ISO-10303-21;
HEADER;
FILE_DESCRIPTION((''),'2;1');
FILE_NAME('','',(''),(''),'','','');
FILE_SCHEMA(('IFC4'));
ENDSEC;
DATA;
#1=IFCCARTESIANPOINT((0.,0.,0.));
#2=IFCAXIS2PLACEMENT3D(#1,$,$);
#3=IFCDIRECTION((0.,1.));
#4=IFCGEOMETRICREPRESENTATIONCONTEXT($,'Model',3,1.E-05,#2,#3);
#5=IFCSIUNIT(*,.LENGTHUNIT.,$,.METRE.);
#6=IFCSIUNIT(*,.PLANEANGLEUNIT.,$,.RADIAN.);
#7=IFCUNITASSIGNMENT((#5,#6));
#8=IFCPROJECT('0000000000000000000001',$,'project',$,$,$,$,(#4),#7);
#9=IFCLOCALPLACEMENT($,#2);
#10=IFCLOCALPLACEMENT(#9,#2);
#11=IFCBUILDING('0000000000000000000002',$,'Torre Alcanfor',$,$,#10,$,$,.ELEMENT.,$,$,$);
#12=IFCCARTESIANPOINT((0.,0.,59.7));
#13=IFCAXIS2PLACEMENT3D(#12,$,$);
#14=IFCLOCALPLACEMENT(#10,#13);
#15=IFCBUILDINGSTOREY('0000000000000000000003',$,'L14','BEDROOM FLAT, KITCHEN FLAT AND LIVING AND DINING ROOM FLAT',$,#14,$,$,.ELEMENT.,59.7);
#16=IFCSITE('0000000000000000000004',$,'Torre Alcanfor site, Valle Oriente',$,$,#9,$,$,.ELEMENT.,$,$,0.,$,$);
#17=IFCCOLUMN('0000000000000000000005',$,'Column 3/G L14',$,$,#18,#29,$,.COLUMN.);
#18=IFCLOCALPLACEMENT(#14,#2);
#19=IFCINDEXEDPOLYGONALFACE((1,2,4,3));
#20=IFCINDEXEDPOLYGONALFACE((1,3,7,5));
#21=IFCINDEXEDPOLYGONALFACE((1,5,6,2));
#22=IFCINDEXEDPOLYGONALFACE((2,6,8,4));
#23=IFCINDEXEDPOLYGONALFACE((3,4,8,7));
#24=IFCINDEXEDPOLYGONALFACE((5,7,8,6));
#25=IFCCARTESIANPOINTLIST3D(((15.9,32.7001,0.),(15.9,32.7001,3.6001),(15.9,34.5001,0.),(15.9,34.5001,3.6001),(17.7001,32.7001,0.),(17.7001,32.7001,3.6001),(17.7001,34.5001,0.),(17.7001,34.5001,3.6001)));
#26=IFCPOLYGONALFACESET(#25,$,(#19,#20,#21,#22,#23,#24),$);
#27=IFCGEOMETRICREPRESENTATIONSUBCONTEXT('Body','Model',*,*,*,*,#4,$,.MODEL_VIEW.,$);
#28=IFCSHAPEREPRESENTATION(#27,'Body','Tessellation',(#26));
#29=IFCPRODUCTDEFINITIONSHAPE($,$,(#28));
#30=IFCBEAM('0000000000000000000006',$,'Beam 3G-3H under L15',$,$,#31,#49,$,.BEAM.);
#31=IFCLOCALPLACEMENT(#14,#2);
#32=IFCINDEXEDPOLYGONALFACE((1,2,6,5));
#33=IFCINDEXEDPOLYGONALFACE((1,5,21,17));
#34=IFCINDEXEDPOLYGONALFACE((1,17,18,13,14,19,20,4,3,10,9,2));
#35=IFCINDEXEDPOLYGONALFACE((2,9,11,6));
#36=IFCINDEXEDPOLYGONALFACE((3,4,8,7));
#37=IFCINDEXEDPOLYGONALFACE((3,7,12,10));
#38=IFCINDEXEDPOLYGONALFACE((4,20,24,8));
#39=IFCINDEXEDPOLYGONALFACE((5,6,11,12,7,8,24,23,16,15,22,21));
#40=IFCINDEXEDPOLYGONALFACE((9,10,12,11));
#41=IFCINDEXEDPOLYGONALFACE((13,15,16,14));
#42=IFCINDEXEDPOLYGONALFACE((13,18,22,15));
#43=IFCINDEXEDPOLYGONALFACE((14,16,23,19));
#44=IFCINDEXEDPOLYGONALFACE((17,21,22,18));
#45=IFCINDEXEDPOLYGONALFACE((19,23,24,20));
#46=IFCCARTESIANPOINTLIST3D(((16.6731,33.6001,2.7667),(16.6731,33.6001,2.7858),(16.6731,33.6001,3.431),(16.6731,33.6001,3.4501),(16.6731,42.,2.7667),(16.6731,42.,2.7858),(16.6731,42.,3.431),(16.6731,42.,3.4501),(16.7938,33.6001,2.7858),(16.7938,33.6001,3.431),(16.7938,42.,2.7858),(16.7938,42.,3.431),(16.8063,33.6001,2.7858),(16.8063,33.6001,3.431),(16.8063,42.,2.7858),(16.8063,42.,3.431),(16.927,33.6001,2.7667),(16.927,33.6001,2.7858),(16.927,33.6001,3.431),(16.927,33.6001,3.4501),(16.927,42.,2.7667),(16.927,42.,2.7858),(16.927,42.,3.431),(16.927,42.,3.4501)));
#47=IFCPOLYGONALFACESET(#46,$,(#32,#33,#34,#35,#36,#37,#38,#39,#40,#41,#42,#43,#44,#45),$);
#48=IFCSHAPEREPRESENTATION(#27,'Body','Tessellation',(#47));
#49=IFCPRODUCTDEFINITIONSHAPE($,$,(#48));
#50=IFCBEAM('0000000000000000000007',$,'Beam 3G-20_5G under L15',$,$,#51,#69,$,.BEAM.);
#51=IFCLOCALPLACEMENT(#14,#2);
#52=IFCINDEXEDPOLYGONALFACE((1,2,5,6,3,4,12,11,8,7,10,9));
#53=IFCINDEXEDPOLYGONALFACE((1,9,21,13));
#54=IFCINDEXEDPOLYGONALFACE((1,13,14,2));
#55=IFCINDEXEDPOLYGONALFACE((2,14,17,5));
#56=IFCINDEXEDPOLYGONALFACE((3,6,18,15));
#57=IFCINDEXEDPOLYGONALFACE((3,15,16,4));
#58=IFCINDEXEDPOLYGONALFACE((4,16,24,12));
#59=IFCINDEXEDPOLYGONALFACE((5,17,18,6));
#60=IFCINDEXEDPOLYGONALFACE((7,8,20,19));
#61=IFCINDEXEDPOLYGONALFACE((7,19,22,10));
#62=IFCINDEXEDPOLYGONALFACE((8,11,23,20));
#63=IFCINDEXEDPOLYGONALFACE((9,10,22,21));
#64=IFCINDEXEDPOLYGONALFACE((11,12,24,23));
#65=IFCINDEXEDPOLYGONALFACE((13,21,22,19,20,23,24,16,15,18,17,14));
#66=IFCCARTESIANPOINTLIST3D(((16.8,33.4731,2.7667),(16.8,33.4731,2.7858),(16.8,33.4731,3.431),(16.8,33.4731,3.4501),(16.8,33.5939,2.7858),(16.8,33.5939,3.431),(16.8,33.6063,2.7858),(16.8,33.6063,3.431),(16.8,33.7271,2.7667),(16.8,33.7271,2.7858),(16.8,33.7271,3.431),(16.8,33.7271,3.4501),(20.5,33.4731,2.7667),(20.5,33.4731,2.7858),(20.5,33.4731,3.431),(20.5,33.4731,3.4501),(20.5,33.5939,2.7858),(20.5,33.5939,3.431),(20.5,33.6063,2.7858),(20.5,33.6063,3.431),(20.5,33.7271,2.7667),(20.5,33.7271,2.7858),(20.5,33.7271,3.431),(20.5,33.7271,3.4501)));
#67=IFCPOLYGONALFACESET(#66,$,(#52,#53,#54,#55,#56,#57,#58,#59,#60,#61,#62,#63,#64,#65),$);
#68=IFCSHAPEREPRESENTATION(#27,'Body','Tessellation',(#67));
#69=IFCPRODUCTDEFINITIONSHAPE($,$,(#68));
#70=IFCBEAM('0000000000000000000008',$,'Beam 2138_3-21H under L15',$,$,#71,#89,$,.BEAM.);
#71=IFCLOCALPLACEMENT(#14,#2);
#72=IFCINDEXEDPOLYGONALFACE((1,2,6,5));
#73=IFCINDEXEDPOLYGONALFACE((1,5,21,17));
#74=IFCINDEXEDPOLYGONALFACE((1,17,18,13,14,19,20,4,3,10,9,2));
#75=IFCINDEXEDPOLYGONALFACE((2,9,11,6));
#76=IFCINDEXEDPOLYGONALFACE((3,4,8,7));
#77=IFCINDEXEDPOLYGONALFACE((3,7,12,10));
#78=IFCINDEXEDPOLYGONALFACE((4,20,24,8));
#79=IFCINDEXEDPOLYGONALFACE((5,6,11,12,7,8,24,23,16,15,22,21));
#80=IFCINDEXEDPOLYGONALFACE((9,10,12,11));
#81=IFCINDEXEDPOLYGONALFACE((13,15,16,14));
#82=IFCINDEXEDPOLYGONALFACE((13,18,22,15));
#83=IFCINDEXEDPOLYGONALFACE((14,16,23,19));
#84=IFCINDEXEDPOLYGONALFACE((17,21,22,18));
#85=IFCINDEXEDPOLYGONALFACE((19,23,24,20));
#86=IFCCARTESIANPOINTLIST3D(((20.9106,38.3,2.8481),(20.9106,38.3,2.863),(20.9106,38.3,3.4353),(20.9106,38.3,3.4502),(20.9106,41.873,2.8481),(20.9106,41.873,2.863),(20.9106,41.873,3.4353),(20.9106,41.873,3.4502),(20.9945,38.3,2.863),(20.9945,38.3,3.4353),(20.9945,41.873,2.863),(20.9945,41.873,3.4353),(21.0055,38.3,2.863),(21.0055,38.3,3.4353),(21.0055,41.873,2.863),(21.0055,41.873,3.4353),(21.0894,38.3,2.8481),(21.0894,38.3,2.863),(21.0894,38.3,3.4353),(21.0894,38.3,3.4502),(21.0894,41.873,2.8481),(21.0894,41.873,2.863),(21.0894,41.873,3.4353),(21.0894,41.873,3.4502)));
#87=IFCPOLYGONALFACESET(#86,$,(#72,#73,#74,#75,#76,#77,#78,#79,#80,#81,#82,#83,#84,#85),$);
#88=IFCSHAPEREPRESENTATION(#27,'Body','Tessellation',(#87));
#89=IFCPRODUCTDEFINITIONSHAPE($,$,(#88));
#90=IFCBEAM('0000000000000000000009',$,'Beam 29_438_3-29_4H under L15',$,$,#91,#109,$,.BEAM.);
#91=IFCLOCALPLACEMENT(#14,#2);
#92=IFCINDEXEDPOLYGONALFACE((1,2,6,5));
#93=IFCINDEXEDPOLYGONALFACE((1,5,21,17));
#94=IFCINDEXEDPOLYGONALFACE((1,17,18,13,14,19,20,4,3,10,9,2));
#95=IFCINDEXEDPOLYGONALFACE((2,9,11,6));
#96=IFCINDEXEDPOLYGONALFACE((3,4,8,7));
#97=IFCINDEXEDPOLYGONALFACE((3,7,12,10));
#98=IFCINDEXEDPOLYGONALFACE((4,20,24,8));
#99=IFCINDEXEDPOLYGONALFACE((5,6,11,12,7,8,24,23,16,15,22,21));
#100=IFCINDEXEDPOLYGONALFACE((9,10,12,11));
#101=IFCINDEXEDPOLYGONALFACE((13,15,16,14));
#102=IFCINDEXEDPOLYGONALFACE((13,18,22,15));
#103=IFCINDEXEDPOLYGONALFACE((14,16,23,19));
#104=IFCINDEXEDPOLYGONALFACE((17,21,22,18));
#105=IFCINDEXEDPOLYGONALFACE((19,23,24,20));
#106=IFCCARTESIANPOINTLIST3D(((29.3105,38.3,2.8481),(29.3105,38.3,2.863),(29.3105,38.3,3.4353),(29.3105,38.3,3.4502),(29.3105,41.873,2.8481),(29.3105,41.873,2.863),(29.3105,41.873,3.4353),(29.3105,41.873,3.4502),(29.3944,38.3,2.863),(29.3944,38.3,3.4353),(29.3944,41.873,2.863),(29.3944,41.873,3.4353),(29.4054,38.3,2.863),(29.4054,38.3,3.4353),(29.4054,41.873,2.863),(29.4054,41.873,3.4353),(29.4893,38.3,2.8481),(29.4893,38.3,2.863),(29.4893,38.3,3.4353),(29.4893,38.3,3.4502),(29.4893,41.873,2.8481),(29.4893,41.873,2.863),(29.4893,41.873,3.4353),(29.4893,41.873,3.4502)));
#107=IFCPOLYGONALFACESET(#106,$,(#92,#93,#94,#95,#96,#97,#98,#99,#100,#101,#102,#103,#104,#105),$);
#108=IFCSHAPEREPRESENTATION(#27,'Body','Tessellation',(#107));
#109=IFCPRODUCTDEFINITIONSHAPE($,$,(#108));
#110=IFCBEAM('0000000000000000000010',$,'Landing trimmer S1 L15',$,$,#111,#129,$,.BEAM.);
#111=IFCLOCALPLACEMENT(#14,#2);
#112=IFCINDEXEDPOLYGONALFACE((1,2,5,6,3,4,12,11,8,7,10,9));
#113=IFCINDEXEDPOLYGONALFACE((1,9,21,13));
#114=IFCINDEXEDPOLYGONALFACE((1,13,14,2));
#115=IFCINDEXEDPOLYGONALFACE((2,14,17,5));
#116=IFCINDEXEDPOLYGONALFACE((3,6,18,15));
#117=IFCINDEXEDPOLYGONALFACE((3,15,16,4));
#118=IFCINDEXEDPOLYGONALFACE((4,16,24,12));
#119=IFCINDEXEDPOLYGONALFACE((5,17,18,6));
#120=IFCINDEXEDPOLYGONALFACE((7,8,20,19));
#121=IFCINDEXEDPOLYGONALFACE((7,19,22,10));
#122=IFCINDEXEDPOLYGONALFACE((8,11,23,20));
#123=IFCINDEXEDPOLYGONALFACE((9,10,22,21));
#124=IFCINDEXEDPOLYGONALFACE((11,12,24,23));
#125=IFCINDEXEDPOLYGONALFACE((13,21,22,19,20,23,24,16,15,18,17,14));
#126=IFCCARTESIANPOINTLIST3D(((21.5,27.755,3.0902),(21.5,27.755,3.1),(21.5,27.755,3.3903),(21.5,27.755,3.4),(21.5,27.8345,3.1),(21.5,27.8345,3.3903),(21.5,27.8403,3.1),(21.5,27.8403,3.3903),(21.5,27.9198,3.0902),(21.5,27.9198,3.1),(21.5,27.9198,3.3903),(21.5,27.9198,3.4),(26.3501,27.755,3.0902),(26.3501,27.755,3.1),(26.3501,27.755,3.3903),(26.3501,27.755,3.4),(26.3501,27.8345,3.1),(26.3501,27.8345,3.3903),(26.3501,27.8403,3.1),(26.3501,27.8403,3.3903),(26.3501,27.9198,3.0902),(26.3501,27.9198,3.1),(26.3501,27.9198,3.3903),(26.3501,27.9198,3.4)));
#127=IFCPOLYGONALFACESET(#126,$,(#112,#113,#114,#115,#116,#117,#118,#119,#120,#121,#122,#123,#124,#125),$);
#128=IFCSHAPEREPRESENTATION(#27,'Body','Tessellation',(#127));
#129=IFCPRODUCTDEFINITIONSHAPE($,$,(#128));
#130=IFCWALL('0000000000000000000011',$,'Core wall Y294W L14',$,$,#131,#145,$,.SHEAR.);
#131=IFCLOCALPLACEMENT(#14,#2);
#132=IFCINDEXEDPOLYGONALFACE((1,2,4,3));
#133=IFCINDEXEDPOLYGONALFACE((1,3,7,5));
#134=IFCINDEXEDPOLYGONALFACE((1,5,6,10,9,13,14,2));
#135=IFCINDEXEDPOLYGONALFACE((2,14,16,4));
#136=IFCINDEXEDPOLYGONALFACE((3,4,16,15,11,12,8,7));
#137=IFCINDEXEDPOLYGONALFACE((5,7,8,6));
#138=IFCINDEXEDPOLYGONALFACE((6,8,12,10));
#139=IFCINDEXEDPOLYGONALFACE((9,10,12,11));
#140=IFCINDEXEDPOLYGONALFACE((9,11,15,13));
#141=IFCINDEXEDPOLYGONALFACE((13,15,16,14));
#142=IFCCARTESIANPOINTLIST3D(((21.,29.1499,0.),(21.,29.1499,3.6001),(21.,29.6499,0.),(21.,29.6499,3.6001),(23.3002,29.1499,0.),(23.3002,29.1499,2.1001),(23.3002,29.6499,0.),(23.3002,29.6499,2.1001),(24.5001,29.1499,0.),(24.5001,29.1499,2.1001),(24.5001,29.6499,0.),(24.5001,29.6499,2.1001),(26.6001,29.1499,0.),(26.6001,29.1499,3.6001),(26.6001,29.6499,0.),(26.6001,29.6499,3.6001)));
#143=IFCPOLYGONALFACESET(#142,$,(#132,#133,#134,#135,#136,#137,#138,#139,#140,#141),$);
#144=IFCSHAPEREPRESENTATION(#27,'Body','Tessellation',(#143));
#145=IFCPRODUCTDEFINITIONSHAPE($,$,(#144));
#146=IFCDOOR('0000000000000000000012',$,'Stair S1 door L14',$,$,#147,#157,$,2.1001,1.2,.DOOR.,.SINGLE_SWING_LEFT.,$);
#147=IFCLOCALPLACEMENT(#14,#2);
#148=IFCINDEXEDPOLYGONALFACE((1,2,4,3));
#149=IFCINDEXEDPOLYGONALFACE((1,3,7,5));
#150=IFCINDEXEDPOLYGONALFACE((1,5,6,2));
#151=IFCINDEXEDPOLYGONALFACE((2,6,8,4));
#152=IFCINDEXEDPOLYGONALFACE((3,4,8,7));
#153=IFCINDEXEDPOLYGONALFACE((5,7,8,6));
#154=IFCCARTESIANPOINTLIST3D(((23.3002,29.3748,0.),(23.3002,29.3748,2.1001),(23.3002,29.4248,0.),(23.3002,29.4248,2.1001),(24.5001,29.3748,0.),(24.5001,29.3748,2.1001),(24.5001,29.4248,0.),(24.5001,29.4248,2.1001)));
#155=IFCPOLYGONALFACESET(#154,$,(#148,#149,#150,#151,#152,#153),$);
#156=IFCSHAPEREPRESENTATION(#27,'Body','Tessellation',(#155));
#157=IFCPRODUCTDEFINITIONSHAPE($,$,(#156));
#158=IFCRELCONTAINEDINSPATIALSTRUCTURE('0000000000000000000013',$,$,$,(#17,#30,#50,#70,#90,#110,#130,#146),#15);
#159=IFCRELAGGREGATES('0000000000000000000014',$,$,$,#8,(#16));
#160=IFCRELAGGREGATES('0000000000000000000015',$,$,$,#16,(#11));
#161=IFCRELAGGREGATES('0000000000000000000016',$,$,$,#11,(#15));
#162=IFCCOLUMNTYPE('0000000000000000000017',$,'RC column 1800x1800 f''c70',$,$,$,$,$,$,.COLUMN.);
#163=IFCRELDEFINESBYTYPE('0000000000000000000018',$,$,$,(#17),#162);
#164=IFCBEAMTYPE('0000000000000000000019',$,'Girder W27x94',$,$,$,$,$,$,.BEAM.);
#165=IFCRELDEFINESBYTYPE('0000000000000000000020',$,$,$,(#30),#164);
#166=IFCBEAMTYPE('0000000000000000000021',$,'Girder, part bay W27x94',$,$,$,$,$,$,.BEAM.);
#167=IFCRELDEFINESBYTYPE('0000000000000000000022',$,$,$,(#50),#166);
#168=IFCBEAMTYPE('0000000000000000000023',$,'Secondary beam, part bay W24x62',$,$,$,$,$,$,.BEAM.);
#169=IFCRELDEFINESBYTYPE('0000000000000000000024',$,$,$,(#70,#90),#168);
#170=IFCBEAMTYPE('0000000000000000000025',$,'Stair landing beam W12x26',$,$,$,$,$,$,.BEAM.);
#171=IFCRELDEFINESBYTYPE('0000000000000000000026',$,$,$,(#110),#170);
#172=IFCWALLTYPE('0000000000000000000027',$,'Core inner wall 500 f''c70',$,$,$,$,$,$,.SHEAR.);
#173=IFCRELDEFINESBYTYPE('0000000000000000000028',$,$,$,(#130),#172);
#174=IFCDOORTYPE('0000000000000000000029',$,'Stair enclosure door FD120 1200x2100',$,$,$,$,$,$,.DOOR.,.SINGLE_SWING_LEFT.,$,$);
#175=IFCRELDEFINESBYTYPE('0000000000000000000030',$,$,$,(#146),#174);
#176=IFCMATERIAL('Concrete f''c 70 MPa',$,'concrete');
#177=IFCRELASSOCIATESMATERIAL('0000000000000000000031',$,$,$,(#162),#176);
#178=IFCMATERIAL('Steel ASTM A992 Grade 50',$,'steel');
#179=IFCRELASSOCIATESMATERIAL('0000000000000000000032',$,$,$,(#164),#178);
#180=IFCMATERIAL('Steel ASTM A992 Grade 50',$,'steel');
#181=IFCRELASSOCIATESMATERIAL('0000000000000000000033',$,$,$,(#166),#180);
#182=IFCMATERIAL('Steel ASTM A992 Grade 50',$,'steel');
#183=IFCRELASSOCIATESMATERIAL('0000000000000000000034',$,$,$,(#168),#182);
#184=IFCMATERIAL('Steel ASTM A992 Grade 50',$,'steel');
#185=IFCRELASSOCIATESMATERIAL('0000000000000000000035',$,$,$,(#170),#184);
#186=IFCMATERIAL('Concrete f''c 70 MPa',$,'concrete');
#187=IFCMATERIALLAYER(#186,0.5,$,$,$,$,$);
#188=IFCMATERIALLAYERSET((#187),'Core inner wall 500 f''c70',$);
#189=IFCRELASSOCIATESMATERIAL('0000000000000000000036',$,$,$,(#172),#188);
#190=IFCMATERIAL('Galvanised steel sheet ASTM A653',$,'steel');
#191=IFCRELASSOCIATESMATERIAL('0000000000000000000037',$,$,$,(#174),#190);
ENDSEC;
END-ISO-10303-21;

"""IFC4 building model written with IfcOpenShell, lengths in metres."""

from ifc_helpers import new_model, si_unit, direction, frame, frame_2d, origin, origin_2d, place, context, subcontext, project, spatial, rectangle, i_section, extrude, material, layer, layer_set, material_profile, profile_set, type_object, element, fill, save


model = new_model("IFC4")

# Units and contexts
model_context = context("Model", 3, precision=1e-05, world=origin(), true_north=direction((0.0, 1.0)))
body_context = subcontext(model_context, "Body", "Model", "MODEL_VIEW")
ifc_project = project(units=[si_unit("LENGTHUNIT", "METRE"), si_unit("PLANEANGLEUNIT", "RADIAN")], contexts=[model_context])

# Site, building, storey
site_placement = place(None, origin())
site = spatial("IfcSite", under=ifc_project, at=site_placement, Name="Torre Alcanfor site, Valle Oriente", CompositionType="ELEMENT", RefElevation=0.0)
building_placement = place(site_placement, origin())
building = spatial("IfcBuilding", under=site, at=building_placement, Name="Torre Alcanfor", CompositionType="ELEMENT")
storey_placement = place(building_placement, frame((0.0, 0.0, 59.7)))
storey = spatial("IfcBuildingStorey", under=building, at=storey_placement, Name="L14", Description="BEDROOM FLAT, KITCHEN FLAT AND LIVING AND DINING ROOM FLAT", CompositionType="ELEMENT", Elevation=59.7)

# Column
ifc_material_1 = material(Name="Concrete f'c 70 MPa", Category="concrete")
ifc_material_profile_1 = material_profile(ifc_material_1, rectangle(XDim=1.8, YDim=1.8, at=origin_2d()), Name="1800x1800")
ifc_profile_set_1 = profile_set([ifc_material_profile_1], Name="Concrete f'c 70 MPa")
column_type = type_object("IfcColumnType", Name="RC column 1800x1800 f'c70", PredefinedType="COLUMN", material=ifc_profile_set_1)
column_placement = place(storey_placement, frame((16.8, 33.6001, 0.0), z_axis=(0.0, 0.0, 1.0), x_axis=(1.0, 0.0, 0.0)))
element("IfcColumn", 1, at=column_placement, inside=storey, type_object=column_type, Name="Column 3/G L14", PredefinedType="COLUMN", context=body_context, shape_type="SweptSolid", body=[
    extrude(rectangle(XDim=1.8, YDim=1.8, at=origin_2d()), origin(), (0.0, 0.0, 1.0), 3.6001),
])

# Beams
ifc_material_2 = material(Name="Steel ASTM A992 Grade 50", Category="steel")
ifc_material_profile_2 = material_profile(ifc_material_2, i_section(OverallWidth=0.2539, OverallDepth=0.6833, WebThickness=0.0125, FlangeThickness=0.019, at=origin_2d()), Name="W27x94")
ifc_profile_set_2 = profile_set([ifc_material_profile_2], Name="Steel ASTM A992 Grade 50")
beam_type_1 = type_object("IfcBeamType", Name="Girder W27x94", PredefinedType="BEAM", material=ifc_profile_set_2)
beam_1_placement = place(storey_placement, frame((16.8, 33.6001, 3.1084), z_axis=(0.0, 1.0, 0.0), x_axis=(-1.0, 0.0, 0.0)))
element("IfcBeam", 2, at=beam_1_placement, inside=storey, type_object=beam_type_1, Name="Beam 3G-3H under L15", PredefinedType="BEAM", context=body_context, shape_type="SweptSolid", body=[
    extrude(i_section(OverallWidth=0.2539, OverallDepth=0.6833, WebThickness=0.0125, FlangeThickness=0.019, at=origin_2d()), origin(), (0.0, 0.0, 1.0), 8.3999),
])
ifc_material_3 = material(Name="Steel ASTM A992 Grade 50", Category="steel")
ifc_material_profile_3 = material_profile(ifc_material_3, i_section(OverallWidth=0.2539, OverallDepth=0.6833, WebThickness=0.0125, FlangeThickness=0.019, at=origin_2d()), Name="W27x94")
ifc_profile_set_3 = profile_set([ifc_material_profile_3], Name="Steel ASTM A992 Grade 50")
beam_type_2 = type_object("IfcBeamType", Name="Girder, part bay W27x94", PredefinedType="BEAM", material=ifc_profile_set_3)
beam_2_placement = place(storey_placement, frame((16.8, 33.6001, 3.1084), z_axis=(1.0, 0.0, 0.0), x_axis=(0.0, 1.0, 0.0)))
element("IfcBeam", 3, at=beam_2_placement, inside=storey, type_object=beam_type_2, Name="Beam 3G-20_5G under L15", PredefinedType="BEAM", context=body_context, shape_type="SweptSolid", body=[
    extrude(i_section(OverallWidth=0.2539, OverallDepth=0.6833, WebThickness=0.0125, FlangeThickness=0.019, at=origin_2d()), origin(), (0.0, 0.0, 1.0), 3.7),
])
ifc_material_4 = material(Name="Steel ASTM A992 Grade 50", Category="steel")
ifc_material_profile_4 = material_profile(ifc_material_4, i_section(OverallWidth=0.1787, OverallDepth=0.6021, WebThickness=0.011, FlangeThickness=0.0149, at=origin_2d()), Name="W24x62")
ifc_profile_set_4 = profile_set([ifc_material_profile_4], Name="Steel ASTM A992 Grade 50")
beam_type_3 = type_object("IfcBeamType", Name="Secondary beam, part bay W24x62", PredefinedType="BEAM", material=ifc_profile_set_4)
for number, where, z_axis, x_axis, name in (
    (4, (21.0, 38.3, 3.1492), (0.0, 1.0, 0.0), (-1.0, 0.0, 0.0), "Beam 2138_3-21H under L15"),
    (5, (29.3999, 38.3, 3.1492), (0.0, 1.0, 0.0), (-1.0, 0.0, 0.0), "Beam 29_438_3-29_4H under L15"),
):
    element("IfcBeam", number, at=place(storey_placement, frame(where, z_axis=z_axis, x_axis=x_axis)), inside=storey, type_object=beam_type_3, Name=name, PredefinedType="BEAM", context=body_context, shape_type="SweptSolid", body=[
        extrude(i_section(OverallWidth=0.1787, OverallDepth=0.6021, WebThickness=0.011, FlangeThickness=0.0149, at=origin_2d()), origin(), (0.0, 0.0, 1.0), 3.573),
    ])
ifc_material_5 = material(Name="Steel ASTM A992 Grade 50", Category="steel")
ifc_material_profile_5 = material_profile(ifc_material_5, i_section(OverallWidth=0.1648, OverallDepth=0.3098, WebThickness=0.0059, FlangeThickness=0.0098, at=origin_2d()), Name="W12x26")
ifc_profile_set_5 = profile_set([ifc_material_profile_5], Name="Steel ASTM A992 Grade 50")
beam_type_4 = type_object("IfcBeamType", Name="Stair landing beam W12x26", PredefinedType="BEAM", material=ifc_profile_set_5)
beam_3_placement = place(storey_placement, frame((21.5, 27.8374, 3.2451), z_axis=(1.0, 0.0, 0.0), x_axis=(0.0, 1.0, 0.0)))
element("IfcBeam", 6, at=beam_3_placement, inside=storey, type_object=beam_type_4, Name="Landing trimmer S1 L15", PredefinedType="BEAM", context=body_context, shape_type="SweptSolid", body=[
    extrude(i_section(OverallWidth=0.1648, OverallDepth=0.3098, WebThickness=0.0059, FlangeThickness=0.0098, at=origin_2d()), origin(), (0.0, 0.0, 1.0), 4.8501),
])

# Wall, opening, door
ifc_material_6 = material(Name="Concrete f'c 70 MPa", Category="concrete")
ifc_layer_1 = layer(ifc_material_6, 0.5)
ifc_layer_set_1 = layer_set([ifc_layer_1], Name="Core inner wall 500 f'c70")
wall_type_1 = type_object("IfcWallType", Name="Core inner wall 500 f'c70", PredefinedType="SHEAR", material=ifc_layer_set_1)
wall_1_placement = place(storey_placement, frame((21.0, 29.3999, 0.0), z_axis=(0.0, 0.0, 1.0), x_axis=(1.0, 0.0, 0.0)))
wall_1 = element("IfcWall", 7, at=wall_1_placement, inside=storey, type_object=wall_type_1, Name="Core wall Y294W L14", PredefinedType="SHEAR", context=body_context, shape_type="SweptSolid", body=[
    extrude(rectangle(XDim=5.6001, YDim=0.5, at=frame_2d((2.8, 0.0))), origin(), (0.0, 0.0, 1.0), 3.6001),
])
opening_1_placement = place(wall_1_placement, frame((2.3, 0.0, 0.0)))
opening_1 = element("IfcOpeningElement", 8, at=opening_1_placement, cuts=wall_1, PredefinedType="OPENING", context=body_context, shape_type="SweptSolid", body=[
    extrude(rectangle(XDim=1.2, YDim=2.1001, at=frame_2d((0.6001, 1.05))), frame((0.0, 0.26, 0.0), z_axis=(0.0, -1.0, 0.0), x_axis=(1.0, 0.0, 0.0)), (0.0, 0.0, 1.0), 0.52),
])
ifc_material_7 = material(Name="Galvanised steel sheet ASTM A653", Category="steel")
door_type_1 = type_object("IfcDoorType", Name="Stair enclosure door FD120 1200x2100", OperationType="SINGLE_SWING_LEFT", PredefinedType="DOOR", material=ifc_material_7)
door_1_placement = place(opening_1_placement, frame((1.2, 0.0, 0.0), z_axis=(0.0, 0.0, 1.0), x_axis=(-1.0, 0.0, 0.0)))
door_1 = element("IfcDoor", 9, at=door_1_placement, inside=storey, type_object=door_type_1, Name="Stair S1 door L14", OperationType="SINGLE_SWING_LEFT", OverallHeight=2.1001, OverallWidth=1.2, PredefinedType="DOOR", context=body_context, shape_type="SweptSolid", body=[
    extrude(rectangle(XDim=1.2, YDim=2.1001, at=frame_2d((0.5999, 1.05))), frame((0.0, 0.0251, 0.0), z_axis=(0.0, -1.0, 0.0), x_axis=(1.0, 0.0, 0.0)), (0.0, 0.0, 1.0), 0.05),
])
fill(opening_1, door_1)

save(model, "model.ifc")
